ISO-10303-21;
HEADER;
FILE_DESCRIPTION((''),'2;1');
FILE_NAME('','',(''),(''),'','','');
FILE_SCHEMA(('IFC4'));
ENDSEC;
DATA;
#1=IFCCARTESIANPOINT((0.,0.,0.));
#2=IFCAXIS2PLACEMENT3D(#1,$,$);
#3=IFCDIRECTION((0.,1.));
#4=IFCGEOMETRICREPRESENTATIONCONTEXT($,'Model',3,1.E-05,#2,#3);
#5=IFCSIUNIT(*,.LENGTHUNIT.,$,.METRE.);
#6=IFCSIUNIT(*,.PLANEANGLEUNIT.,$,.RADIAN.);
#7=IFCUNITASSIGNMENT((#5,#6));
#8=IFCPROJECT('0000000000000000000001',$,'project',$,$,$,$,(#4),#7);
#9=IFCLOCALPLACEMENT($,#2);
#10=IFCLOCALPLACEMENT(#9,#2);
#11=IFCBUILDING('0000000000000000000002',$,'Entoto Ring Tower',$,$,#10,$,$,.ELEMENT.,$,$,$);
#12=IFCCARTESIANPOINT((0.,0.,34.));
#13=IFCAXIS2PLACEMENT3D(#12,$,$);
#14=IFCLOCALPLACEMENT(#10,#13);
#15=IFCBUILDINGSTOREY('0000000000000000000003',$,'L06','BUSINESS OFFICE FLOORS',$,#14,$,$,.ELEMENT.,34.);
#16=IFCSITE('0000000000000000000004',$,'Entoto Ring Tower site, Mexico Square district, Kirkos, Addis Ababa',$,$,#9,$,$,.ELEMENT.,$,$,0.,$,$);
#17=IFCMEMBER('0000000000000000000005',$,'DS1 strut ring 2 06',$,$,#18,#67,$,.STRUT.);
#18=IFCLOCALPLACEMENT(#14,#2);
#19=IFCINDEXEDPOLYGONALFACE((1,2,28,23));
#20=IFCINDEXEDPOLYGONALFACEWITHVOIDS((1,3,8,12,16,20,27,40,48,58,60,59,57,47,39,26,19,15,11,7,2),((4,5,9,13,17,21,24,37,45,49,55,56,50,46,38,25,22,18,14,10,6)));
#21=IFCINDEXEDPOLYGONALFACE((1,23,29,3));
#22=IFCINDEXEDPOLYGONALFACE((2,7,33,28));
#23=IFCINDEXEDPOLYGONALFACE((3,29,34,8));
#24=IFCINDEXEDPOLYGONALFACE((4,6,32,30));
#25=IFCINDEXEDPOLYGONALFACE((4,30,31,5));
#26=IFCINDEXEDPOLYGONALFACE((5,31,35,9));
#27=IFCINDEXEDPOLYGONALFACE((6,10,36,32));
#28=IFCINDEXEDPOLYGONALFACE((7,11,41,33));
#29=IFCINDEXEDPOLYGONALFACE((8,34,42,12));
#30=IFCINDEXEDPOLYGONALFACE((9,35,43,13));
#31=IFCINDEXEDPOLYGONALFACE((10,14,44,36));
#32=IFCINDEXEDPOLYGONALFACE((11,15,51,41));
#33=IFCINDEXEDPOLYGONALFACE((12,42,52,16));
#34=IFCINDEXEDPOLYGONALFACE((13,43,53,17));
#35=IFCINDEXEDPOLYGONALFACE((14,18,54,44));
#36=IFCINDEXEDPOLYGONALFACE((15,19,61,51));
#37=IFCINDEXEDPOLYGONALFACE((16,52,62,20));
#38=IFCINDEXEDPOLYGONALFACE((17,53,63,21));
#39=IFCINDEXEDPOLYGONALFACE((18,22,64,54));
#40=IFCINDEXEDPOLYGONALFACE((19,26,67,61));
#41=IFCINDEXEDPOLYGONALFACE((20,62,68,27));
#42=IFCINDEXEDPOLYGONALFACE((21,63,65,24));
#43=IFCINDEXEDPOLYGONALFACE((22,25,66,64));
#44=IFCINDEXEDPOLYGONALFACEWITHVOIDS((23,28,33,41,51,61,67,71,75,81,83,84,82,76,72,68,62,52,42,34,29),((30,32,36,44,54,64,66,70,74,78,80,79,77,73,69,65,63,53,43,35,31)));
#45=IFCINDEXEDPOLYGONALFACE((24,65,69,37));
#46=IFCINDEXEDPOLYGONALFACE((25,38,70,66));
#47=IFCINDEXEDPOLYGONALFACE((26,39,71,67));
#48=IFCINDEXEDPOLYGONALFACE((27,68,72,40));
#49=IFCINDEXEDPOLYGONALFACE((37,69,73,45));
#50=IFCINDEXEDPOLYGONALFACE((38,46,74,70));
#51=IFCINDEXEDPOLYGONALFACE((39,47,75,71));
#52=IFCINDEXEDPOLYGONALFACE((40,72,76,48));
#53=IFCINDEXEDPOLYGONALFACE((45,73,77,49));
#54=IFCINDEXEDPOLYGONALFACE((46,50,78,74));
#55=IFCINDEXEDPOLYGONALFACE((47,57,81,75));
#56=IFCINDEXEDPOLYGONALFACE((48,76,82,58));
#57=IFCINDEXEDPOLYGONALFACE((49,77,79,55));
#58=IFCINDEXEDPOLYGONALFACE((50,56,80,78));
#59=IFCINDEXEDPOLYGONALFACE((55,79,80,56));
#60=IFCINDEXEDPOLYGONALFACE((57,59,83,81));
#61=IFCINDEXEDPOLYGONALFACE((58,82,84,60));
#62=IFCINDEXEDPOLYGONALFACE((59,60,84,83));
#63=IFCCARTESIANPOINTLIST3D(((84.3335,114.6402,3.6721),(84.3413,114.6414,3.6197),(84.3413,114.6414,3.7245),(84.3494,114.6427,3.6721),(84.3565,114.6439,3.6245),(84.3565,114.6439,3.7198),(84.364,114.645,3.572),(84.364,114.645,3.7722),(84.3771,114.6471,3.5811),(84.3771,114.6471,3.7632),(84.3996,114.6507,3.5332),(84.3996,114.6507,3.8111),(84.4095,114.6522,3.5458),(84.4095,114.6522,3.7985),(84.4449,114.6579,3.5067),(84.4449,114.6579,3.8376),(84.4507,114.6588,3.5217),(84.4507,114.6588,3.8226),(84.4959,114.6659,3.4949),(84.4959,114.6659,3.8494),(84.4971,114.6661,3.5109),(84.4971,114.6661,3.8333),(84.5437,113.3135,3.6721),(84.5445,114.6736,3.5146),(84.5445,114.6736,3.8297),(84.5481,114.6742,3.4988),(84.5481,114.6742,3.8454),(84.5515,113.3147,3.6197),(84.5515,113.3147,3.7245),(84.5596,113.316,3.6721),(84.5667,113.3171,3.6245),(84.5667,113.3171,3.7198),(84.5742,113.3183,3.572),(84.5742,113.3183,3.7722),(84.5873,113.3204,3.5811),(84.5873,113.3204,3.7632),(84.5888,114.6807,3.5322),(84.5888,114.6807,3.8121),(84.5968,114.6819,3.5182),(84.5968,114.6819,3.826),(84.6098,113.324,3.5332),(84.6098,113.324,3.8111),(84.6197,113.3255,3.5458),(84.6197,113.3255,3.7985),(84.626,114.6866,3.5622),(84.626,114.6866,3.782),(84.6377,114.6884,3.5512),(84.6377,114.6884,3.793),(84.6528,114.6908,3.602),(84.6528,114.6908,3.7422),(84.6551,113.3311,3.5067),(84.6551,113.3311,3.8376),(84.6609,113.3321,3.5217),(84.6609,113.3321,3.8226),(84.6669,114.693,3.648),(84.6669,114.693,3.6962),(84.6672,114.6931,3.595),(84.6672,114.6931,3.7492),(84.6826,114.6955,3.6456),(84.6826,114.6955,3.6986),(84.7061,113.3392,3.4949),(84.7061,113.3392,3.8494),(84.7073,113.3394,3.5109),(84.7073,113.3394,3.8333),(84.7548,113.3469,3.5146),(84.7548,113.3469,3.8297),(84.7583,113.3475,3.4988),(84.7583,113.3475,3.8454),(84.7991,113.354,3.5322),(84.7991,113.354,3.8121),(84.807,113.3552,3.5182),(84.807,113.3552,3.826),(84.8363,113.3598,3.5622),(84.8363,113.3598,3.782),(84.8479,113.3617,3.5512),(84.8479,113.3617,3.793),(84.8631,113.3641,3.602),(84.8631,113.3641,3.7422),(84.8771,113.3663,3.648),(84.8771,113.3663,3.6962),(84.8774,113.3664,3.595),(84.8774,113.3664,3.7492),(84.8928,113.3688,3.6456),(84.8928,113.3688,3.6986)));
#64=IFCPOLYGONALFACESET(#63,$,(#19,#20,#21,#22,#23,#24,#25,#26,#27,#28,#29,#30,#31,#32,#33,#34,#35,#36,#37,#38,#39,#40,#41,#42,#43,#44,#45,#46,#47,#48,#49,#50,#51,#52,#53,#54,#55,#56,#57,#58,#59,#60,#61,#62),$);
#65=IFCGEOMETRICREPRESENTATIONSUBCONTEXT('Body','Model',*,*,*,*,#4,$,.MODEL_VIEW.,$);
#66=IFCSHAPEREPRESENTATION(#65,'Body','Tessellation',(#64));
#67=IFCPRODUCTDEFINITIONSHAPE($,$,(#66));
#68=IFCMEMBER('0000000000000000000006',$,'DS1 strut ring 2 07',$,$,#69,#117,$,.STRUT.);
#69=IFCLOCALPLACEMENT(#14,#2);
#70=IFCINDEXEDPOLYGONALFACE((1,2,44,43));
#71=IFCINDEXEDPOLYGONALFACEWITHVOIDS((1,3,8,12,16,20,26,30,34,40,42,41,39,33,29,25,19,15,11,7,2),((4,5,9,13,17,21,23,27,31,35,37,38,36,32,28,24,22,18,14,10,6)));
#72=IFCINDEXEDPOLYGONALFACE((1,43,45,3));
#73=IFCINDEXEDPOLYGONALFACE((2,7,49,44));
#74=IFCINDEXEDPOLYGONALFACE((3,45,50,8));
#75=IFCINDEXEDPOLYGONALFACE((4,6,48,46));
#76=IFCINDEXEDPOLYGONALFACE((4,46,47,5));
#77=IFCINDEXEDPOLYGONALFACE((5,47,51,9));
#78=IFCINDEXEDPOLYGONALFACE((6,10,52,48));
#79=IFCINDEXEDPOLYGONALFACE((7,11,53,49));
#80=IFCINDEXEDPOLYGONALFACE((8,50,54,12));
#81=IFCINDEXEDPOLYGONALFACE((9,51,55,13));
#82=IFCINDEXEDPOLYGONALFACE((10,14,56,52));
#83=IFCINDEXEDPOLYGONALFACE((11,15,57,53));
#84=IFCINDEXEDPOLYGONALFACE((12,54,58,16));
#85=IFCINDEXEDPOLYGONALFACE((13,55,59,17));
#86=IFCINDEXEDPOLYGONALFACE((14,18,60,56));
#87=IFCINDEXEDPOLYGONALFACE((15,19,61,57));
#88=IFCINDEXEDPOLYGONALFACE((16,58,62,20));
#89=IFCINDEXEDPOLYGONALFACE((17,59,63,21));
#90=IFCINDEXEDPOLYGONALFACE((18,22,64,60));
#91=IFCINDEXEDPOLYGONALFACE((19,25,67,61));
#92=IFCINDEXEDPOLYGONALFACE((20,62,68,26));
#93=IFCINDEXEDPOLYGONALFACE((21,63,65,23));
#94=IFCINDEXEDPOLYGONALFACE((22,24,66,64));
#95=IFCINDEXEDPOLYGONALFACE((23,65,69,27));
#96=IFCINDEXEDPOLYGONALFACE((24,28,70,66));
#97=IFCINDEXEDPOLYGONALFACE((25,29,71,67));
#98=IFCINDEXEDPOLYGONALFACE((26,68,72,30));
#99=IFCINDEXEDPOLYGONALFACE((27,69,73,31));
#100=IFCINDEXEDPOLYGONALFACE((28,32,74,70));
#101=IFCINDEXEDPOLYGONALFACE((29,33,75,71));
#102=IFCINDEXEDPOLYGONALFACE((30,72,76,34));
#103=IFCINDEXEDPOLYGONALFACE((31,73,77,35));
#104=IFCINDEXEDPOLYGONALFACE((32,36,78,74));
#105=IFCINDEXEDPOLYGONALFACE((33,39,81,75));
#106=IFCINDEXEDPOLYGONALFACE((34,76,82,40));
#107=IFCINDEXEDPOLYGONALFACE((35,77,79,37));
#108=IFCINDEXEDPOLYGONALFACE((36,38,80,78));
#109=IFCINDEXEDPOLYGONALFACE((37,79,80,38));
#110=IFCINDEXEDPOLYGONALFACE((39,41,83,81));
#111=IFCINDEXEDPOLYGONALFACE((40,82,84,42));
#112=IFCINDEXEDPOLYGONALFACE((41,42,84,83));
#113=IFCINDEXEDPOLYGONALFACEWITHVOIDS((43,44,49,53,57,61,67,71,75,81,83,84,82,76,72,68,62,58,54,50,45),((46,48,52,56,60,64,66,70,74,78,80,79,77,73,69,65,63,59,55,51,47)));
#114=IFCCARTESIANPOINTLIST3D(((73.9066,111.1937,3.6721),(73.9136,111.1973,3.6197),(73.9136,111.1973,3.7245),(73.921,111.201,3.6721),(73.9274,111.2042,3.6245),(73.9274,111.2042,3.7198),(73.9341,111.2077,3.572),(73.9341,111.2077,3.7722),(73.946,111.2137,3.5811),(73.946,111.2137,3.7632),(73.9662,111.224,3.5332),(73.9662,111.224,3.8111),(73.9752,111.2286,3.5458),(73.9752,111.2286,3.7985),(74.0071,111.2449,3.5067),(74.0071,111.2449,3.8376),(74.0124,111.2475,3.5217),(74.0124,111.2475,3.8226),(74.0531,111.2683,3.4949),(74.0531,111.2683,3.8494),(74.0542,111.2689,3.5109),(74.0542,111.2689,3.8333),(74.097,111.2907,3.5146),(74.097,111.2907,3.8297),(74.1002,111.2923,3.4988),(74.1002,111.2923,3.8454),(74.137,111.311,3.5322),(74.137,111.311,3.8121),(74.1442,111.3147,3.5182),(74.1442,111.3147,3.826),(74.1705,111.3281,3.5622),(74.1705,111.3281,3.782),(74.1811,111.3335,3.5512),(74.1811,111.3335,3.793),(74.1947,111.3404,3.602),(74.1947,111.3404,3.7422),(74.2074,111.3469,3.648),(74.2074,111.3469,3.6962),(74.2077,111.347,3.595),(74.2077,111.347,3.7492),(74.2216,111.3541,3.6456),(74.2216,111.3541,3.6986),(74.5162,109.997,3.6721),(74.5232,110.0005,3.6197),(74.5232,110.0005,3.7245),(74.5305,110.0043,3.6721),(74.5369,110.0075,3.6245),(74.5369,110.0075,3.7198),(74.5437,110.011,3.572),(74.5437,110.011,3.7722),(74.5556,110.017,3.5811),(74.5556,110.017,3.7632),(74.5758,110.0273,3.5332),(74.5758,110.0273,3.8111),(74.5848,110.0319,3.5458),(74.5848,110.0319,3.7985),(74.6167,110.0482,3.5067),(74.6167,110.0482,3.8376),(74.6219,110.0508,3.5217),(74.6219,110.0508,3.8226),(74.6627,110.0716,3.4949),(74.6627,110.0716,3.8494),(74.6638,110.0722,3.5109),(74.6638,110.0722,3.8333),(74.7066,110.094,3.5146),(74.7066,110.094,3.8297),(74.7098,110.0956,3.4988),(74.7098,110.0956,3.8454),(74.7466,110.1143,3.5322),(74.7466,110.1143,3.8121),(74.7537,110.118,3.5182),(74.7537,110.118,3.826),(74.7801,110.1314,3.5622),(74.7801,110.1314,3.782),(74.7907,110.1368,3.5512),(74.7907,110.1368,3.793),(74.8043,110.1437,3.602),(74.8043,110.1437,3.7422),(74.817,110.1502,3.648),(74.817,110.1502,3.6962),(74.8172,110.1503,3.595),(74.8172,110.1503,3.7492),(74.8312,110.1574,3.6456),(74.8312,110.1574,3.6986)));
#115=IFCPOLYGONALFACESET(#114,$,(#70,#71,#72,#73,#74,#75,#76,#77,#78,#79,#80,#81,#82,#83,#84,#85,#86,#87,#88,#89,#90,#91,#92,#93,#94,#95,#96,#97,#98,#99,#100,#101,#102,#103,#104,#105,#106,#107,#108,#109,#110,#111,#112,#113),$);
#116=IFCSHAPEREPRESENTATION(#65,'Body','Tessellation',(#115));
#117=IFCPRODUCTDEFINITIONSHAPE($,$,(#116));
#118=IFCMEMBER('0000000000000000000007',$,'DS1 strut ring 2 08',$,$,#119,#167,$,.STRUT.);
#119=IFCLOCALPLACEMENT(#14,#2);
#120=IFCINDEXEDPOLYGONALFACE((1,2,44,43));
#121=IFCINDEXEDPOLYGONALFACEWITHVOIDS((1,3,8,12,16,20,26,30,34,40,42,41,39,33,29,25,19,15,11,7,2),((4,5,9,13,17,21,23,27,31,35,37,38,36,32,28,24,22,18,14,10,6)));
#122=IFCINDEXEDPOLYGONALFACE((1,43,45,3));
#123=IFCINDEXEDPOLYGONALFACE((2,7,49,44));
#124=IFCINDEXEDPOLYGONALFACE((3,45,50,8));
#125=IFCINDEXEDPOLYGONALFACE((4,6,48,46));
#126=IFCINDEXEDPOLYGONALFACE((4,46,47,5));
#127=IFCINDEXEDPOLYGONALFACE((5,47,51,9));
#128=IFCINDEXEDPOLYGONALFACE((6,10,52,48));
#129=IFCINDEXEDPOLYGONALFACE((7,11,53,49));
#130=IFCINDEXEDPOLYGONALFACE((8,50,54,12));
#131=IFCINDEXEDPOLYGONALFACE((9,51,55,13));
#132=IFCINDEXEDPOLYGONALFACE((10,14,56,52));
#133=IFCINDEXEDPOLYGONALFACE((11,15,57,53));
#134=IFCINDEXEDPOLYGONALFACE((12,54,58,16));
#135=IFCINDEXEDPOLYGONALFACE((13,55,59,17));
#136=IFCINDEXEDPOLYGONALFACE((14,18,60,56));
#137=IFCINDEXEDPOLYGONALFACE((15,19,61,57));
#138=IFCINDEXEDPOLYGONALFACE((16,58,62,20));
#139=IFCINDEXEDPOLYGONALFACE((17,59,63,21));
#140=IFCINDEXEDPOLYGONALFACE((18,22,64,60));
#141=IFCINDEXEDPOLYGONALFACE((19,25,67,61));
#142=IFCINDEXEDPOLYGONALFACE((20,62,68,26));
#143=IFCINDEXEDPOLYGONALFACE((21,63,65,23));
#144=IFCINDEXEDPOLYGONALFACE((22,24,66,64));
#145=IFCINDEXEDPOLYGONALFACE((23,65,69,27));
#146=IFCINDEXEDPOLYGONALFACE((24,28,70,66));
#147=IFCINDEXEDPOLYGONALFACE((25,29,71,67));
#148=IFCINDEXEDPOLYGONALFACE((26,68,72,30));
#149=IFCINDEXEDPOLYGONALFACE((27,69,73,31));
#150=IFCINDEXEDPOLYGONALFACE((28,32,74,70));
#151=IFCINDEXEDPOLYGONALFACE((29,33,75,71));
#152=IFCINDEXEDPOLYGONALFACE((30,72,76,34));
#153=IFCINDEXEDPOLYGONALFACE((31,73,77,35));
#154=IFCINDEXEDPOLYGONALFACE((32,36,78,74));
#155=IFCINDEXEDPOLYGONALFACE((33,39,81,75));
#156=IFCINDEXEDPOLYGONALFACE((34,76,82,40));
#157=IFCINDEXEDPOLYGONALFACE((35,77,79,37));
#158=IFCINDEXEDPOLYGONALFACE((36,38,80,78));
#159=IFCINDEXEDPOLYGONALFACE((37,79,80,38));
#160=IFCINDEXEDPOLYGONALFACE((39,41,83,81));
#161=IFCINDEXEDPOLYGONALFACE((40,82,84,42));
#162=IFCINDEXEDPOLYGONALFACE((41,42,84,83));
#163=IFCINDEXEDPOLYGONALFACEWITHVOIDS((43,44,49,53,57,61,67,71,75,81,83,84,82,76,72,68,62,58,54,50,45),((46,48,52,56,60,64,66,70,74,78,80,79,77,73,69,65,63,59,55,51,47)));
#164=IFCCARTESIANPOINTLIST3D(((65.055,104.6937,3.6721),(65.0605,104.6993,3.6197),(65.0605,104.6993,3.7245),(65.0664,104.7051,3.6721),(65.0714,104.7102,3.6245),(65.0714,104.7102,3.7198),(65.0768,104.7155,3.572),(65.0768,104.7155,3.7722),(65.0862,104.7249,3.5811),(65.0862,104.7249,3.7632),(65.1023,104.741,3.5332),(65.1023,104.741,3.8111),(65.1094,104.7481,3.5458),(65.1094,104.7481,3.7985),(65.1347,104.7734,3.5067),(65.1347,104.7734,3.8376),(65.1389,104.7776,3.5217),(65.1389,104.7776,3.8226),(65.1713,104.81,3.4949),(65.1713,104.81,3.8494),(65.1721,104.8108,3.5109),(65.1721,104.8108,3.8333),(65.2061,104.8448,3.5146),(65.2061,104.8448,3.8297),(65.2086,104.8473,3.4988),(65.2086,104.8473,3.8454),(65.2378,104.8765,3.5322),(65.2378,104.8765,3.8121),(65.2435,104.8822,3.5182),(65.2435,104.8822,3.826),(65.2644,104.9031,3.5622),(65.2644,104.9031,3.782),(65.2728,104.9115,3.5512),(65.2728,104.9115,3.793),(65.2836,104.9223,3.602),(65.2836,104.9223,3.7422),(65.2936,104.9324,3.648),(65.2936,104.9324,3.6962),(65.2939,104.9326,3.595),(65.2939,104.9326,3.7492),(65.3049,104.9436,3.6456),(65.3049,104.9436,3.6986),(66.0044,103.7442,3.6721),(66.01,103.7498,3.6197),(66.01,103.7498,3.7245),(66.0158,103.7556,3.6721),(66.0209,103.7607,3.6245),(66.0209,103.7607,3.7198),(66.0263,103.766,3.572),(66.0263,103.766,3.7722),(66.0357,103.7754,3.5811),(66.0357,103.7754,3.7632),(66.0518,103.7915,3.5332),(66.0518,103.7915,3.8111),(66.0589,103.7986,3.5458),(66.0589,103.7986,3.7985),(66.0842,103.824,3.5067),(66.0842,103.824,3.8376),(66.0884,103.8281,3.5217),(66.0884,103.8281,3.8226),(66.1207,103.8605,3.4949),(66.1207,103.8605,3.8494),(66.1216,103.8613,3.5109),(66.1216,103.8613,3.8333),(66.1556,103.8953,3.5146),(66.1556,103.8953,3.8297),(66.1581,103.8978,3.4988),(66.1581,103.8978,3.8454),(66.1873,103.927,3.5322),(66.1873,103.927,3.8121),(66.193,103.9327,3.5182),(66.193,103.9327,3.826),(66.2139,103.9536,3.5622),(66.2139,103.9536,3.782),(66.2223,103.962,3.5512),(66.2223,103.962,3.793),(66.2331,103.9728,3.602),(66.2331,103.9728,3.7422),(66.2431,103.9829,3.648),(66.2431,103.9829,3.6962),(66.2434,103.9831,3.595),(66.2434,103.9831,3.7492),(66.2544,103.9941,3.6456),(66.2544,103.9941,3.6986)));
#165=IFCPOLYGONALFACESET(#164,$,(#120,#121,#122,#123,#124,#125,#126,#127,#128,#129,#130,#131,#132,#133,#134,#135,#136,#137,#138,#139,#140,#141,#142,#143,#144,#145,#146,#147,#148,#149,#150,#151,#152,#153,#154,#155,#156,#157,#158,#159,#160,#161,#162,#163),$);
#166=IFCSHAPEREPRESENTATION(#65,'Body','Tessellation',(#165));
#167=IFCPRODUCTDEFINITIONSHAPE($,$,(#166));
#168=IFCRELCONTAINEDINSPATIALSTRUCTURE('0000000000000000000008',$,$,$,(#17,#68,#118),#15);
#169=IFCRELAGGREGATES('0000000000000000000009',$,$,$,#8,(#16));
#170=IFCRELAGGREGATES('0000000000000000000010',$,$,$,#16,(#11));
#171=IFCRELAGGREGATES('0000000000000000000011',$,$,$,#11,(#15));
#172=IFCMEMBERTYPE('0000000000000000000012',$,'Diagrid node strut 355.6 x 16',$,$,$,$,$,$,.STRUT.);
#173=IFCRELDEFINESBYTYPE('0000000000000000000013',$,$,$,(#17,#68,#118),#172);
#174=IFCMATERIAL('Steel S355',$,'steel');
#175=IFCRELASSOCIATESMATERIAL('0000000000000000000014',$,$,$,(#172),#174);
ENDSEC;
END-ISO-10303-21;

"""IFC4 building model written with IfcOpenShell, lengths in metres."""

from ifc_helpers import new_model, si_unit, direction, frame, origin, origin_2d, place, context, subcontext, project, spatial, circle, hollow_circle, extrude, material, material_profile, profile_set, type_object, element, save


model = new_model("IFC4")

# Units and contexts
model_context = context("Model", 3, precision=1e-05, world=origin(), true_north=direction((0.0, 1.0)))
body_context = subcontext(model_context, "Body", "Model", "MODEL_VIEW")
ifc_project = project(units=[si_unit("LENGTHUNIT", "METRE"), si_unit("PLANEANGLEUNIT", "RADIAN")], contexts=[model_context])

# Site, building, storey
site_placement = place(None, origin())
site = spatial("IfcSite", under=ifc_project, at=site_placement, Name="Entoto Ring Tower site, Mexico Square district, Kirkos, Addis Ababa", CompositionType="ELEMENT", RefElevation=0.0)
building_placement = place(site_placement, origin())
building = spatial("IfcBuilding", under=site, at=building_placement, Name="Entoto Ring Tower", CompositionType="ELEMENT")
storey_placement = place(building_placement, frame((0.0, 0.0, 34.0)))
storey = spatial("IfcBuildingStorey", under=building, at=storey_placement, Name="L06", Description="BUSINESS OFFICE FLOORS", CompositionType="ELEMENT", Elevation=34.0)

# Members
ifc_material_1 = material(Name="Steel S355", Category="steel")
ifc_material_profile_1 = material_profile(ifc_material_1, hollow_circle(Radius=0.1777, WallThickness=0.0161, at=origin_2d()), Name="CHS 355.6 x 16")
ifc_material_2 = material(Name="Concrete C60/75", Category="concrete")
ifc_material_profile_2 = material_profile(ifc_material_2, circle(Radius=0.1619, at=origin_2d()), Name="Concrete C60/75 infill")
ifc_profile_set_1 = profile_set([ifc_material_profile_1, ifc_material_profile_2], Name="Steel S355")
member_type = type_object("IfcMemberType", Name="Diagrid node strut 355.6 x 16", PredefinedType="STRUT", material=ifc_profile_set_1)
member_1_placement = place(storey_placement, frame((84.7192, 113.3413, 3.6721), z_axis=(-0.156495, 0.987679, 0.0), x_axis=(-0.987679, -0.156495, 0.0)))
element("IfcMember", 1, at=member_1_placement, inside=storey, type_object=member_type, Name="DS1 strut ring 2 06", PredefinedType="STRUT", context=body_context, shape_type="SweptSolid", body=[
    extrude(hollow_circle(Radius=0.1777, WallThickness=0.0161, at=origin_2d()), origin(), (0.0, 0.0, 1.0), 1.3433),
])
member_2_placement = place(storey_placement, frame((74.6746, 110.0776, 3.6721), z_axis=(-0.45389, 0.891058, 0.0), x_axis=(-0.891058, -0.45389, 0.0)))
element("IfcMember", 2, at=member_2_placement, inside=storey, type_object=member_type, Name="DS1 strut ring 2 07", PredefinedType="STRUT", context=body_context, shape_type="SweptSolid", body=[
    extrude(hollow_circle(Radius=0.1777, WallThickness=0.0161, at=origin_2d()), origin(), (0.0, 0.0, 1.0), 1.343),
])
member_3_placement = place(storey_placement, frame((66.1301, 103.8699, 3.6721), z_axis=(-0.707107, 0.707107, 0.0), x_axis=(-0.707107, -0.707107, 0.0)))
element("IfcMember", 3, at=member_3_placement, inside=storey, type_object=member_type, Name="DS1 strut ring 2 08", PredefinedType="STRUT", context=body_context, shape_type="SweptSolid", body=[
    extrude(hollow_circle(Radius=0.1777, WallThickness=0.0161, at=origin_2d()), origin(), (0.0, 0.0, 1.0), 1.3428),
])

save(model, "model.ifc")
